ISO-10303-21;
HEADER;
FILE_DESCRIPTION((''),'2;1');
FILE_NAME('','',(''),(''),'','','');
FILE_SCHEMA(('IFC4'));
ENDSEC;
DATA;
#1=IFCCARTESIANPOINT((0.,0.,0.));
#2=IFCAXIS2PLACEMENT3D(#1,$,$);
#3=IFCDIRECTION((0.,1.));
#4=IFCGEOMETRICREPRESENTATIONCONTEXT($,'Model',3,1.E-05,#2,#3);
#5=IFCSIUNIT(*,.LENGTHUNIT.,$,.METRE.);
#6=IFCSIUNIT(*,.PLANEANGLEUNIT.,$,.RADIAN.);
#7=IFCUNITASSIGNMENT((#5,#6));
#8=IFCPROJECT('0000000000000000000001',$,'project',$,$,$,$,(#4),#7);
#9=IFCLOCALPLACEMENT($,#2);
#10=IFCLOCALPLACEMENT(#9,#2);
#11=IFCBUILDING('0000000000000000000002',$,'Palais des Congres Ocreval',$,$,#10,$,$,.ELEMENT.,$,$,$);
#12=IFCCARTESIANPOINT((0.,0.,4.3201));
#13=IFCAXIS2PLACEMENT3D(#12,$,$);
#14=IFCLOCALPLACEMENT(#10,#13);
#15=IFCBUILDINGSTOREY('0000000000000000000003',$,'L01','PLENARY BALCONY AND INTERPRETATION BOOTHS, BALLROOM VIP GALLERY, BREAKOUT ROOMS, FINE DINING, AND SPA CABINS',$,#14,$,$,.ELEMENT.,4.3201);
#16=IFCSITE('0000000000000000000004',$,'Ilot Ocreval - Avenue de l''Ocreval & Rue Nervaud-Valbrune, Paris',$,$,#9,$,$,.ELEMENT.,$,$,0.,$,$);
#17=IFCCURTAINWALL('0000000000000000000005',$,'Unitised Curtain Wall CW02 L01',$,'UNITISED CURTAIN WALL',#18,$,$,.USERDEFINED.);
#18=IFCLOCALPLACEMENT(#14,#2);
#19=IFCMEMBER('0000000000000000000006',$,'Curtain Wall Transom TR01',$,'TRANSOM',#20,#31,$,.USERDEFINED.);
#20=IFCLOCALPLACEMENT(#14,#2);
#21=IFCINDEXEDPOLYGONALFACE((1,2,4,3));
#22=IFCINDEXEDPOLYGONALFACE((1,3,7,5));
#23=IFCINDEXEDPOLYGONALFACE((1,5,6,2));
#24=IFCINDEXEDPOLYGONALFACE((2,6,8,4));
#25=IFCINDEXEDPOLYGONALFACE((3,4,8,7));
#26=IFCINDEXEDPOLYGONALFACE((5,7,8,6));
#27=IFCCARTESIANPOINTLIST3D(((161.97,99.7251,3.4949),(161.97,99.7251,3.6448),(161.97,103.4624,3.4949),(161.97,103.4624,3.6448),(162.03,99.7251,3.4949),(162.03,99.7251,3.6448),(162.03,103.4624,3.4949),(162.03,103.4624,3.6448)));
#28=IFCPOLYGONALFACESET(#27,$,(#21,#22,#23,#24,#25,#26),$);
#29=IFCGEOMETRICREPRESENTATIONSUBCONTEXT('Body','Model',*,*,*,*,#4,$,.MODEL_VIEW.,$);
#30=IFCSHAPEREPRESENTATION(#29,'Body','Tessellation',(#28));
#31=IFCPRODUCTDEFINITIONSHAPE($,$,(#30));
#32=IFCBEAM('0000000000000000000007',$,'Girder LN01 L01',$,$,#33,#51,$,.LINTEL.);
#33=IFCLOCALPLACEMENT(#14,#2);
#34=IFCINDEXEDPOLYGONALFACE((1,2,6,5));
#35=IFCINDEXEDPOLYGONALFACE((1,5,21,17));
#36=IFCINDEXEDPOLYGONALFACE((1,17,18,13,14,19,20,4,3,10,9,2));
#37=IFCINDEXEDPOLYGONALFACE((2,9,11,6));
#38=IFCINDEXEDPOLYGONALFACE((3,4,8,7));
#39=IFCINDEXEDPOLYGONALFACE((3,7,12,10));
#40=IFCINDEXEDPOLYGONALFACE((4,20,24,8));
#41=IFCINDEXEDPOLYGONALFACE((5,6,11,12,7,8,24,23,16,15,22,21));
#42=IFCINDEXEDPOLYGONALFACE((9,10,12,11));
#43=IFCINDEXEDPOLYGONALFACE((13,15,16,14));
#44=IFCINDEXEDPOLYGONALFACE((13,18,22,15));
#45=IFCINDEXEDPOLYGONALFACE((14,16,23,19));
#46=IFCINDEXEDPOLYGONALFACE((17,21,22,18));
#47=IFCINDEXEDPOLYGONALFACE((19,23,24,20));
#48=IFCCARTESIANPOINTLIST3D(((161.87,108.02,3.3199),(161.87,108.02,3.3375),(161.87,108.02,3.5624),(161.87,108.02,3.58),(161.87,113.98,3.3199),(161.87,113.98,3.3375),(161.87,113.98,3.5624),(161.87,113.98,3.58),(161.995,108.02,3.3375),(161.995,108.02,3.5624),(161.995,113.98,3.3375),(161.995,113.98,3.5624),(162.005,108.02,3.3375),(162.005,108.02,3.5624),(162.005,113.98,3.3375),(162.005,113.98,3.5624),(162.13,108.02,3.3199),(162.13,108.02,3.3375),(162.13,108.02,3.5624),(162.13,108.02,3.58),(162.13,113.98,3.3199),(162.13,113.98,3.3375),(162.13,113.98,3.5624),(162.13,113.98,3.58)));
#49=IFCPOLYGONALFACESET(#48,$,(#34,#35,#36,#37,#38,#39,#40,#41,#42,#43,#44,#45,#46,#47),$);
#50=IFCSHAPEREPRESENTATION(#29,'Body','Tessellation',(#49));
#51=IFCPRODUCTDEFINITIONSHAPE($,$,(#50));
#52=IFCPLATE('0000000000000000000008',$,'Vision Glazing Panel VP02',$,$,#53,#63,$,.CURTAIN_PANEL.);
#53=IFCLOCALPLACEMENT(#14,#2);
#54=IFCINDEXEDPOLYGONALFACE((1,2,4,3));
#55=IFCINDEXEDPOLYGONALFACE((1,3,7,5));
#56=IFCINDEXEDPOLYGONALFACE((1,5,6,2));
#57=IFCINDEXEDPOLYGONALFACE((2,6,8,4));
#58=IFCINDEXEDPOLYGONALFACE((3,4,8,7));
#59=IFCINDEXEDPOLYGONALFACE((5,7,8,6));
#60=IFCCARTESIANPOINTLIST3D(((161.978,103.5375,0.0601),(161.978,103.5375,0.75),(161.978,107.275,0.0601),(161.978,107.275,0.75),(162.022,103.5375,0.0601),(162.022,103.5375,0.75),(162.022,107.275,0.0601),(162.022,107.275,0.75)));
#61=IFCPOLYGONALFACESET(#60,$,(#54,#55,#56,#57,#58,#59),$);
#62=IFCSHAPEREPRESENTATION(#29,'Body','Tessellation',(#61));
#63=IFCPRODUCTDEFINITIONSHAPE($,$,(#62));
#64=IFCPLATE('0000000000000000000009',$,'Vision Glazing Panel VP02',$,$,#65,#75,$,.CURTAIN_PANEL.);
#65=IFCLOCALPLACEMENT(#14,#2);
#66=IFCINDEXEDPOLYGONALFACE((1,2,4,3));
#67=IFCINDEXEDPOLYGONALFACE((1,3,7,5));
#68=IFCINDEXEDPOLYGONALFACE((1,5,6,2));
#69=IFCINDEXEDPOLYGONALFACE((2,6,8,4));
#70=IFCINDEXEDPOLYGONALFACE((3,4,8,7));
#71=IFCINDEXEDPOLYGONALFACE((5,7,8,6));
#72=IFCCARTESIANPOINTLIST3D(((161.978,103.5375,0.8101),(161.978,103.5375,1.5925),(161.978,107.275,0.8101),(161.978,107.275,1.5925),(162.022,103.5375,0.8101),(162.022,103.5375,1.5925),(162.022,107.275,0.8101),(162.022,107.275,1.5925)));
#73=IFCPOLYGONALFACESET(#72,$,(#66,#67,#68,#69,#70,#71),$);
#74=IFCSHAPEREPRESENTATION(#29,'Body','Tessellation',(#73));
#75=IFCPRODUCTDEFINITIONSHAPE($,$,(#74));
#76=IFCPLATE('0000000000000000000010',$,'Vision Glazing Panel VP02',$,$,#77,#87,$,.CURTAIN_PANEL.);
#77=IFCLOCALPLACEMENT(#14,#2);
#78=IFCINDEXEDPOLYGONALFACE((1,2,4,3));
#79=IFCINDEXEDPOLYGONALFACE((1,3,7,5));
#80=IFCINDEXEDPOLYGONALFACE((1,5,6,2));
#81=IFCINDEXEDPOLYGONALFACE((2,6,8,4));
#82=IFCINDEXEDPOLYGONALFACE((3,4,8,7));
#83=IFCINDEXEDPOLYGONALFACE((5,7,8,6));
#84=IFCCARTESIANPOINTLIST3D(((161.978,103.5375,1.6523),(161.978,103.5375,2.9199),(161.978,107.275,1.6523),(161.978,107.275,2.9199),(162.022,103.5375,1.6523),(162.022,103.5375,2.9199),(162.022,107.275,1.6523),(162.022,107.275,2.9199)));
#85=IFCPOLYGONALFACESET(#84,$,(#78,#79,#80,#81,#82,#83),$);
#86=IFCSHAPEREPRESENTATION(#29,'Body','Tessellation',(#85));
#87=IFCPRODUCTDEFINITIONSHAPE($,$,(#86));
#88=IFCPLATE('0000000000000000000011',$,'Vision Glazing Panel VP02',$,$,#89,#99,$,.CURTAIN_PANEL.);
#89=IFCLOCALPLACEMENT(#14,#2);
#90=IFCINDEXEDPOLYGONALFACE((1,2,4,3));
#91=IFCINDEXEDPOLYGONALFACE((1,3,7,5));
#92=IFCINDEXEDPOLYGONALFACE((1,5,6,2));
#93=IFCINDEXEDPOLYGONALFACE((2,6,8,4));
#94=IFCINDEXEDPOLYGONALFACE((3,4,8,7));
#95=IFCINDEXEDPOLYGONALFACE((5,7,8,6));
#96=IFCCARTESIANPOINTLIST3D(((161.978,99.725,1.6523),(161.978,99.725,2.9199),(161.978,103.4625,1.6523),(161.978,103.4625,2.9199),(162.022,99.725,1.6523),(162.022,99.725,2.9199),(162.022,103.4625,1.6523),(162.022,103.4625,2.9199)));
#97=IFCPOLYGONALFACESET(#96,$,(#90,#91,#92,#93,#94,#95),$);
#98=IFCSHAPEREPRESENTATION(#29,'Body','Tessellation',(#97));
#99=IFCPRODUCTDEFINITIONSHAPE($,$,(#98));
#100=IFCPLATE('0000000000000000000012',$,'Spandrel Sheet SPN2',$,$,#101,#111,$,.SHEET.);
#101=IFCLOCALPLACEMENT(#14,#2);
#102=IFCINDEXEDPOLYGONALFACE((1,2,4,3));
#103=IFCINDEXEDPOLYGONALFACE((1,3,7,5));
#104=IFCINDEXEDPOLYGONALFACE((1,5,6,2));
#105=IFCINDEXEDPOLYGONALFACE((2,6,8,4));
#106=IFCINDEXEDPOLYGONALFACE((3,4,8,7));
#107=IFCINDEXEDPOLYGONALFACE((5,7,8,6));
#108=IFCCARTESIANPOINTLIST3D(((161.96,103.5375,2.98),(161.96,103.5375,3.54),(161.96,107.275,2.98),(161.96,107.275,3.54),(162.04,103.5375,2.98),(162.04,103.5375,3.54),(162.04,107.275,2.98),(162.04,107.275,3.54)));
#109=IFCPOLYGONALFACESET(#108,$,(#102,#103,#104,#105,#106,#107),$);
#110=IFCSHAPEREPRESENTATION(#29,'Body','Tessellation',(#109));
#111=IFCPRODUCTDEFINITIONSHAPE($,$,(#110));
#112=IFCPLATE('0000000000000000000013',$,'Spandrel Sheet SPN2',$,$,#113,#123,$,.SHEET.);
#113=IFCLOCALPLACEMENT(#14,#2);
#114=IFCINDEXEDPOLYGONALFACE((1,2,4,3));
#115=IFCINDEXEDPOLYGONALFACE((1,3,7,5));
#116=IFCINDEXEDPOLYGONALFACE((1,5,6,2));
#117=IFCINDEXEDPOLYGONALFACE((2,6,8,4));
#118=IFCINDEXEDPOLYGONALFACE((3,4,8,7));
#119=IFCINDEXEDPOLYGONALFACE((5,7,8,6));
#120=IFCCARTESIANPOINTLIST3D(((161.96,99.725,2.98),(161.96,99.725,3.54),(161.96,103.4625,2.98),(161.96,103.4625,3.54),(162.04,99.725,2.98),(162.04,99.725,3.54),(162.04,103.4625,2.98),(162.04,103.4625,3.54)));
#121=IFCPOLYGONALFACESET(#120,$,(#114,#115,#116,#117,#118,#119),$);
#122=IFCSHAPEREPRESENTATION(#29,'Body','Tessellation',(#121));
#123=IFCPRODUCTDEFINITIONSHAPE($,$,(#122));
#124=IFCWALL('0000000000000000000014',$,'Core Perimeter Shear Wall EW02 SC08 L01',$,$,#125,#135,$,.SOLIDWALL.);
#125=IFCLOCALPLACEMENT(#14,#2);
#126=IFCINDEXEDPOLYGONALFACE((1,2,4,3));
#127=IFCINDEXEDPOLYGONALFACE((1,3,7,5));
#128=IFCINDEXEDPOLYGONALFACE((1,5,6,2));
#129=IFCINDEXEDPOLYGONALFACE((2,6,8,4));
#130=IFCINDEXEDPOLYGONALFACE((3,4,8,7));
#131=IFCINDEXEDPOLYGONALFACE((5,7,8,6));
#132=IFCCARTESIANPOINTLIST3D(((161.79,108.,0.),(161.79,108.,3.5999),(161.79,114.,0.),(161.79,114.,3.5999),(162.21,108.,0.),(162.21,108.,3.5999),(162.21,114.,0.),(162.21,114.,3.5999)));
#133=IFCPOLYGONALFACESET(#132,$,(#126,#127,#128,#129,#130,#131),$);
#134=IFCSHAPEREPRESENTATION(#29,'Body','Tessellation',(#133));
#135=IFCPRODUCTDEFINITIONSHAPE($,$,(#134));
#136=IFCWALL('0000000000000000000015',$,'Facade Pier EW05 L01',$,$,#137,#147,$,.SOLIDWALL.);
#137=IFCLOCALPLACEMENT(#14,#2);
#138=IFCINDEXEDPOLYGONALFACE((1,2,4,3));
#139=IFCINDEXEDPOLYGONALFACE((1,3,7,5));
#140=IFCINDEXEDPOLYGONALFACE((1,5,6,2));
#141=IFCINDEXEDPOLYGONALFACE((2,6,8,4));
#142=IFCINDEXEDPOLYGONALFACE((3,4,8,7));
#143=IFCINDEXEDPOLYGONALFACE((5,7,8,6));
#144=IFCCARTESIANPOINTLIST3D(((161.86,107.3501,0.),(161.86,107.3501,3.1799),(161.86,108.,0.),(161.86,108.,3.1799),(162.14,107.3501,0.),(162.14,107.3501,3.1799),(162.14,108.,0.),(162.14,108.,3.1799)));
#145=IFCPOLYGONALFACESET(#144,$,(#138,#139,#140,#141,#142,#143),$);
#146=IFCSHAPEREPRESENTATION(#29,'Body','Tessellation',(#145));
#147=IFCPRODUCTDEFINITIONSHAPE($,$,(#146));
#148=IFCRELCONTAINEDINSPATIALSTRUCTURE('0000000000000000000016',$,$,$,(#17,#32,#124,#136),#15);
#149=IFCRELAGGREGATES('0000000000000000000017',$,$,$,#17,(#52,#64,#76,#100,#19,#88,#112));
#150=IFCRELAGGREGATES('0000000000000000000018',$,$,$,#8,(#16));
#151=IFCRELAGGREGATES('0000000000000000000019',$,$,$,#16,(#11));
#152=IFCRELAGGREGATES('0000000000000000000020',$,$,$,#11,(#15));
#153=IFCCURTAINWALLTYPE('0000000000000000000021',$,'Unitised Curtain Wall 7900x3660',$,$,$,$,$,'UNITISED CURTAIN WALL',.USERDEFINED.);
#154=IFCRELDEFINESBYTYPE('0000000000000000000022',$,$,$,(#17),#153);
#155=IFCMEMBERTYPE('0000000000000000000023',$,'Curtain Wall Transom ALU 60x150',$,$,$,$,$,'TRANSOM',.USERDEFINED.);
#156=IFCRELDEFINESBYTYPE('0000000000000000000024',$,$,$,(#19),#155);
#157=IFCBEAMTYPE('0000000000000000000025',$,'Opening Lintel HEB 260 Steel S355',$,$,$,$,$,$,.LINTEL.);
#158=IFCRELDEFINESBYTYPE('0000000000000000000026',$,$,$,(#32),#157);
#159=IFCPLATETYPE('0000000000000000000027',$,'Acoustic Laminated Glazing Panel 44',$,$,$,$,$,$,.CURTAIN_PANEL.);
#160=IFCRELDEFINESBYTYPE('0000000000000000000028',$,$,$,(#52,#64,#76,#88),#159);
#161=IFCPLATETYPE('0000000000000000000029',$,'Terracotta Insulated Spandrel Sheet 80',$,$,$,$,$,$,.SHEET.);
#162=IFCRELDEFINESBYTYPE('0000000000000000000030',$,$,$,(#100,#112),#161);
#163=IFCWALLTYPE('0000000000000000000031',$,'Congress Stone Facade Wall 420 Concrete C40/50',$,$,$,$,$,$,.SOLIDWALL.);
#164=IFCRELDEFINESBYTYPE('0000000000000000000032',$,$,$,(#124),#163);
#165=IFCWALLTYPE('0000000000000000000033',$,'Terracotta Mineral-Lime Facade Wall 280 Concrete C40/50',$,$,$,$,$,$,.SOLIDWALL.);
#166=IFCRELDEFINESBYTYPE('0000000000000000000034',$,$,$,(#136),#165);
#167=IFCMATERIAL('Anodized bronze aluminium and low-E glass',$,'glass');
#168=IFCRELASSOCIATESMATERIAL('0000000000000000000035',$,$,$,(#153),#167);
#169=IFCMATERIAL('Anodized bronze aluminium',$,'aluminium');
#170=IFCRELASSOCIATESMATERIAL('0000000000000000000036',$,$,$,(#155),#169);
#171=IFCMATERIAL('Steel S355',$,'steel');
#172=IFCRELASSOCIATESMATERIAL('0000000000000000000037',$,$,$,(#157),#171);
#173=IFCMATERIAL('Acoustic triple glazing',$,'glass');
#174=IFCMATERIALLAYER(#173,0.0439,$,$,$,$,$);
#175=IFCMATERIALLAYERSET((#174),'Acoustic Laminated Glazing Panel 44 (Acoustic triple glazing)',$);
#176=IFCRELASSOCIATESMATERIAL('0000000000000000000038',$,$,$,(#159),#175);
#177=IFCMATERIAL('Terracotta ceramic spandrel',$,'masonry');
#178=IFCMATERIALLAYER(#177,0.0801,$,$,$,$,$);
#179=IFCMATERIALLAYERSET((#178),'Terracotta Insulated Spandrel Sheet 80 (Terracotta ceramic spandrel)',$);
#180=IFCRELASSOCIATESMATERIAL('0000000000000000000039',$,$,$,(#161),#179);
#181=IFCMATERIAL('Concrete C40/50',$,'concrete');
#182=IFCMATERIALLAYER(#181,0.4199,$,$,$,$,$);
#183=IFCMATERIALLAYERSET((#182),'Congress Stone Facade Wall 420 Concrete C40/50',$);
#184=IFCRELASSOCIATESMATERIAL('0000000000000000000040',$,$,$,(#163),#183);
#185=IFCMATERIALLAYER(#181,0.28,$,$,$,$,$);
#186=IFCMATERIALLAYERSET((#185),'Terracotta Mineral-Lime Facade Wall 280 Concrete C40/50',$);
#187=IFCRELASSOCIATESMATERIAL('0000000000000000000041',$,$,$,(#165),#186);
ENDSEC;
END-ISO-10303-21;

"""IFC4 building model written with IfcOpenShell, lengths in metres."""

from ifc_helpers import new_model, si_unit, direction, frame, frame_2d, origin, origin_2d, place, context, subcontext, project, spatial, rectangle, i_section, extrude, material, layer, layer_set, material_profile, profile_set, type_object, element, aggregate, save


model = new_model("IFC4")

# Units and contexts
model_context = context("Model", 3, precision=1e-05, world=origin(), true_north=direction((0.0, 1.0)))
body_context = subcontext(model_context, "Body", "Model", "MODEL_VIEW")
ifc_project = project(units=[si_unit("LENGTHUNIT", "METRE"), si_unit("PLANEANGLEUNIT", "RADIAN")], contexts=[model_context])

# Site, building, storey
site_placement = place(None, origin())
site = spatial("IfcSite", under=ifc_project, at=site_placement, Name="Ilot Ocreval - Avenue de l'Ocreval & Rue Nervaud-Valbrune, Paris", CompositionType="ELEMENT", RefElevation=0.0)
building_placement = place(site_placement, origin())
building = spatial("IfcBuilding", under=site, at=building_placement, Name="Palais des Congres Ocreval", CompositionType="ELEMENT")
storey_placement = place(building_placement, frame((0.0, 0.0, 4.3201)))
storey = spatial("IfcBuildingStorey", under=building, at=storey_placement, Name="L01", Description="PLENARY BALCONY AND INTERPRETATION BOOTHS, BALLROOM VIP GALLERY, BREAKOUT ROOMS, FINE DINING, AND SPA CABINS", CompositionType="ELEMENT", Elevation=4.3201)

# Shared definitions
ifc_material_1 = material(Name="Steel S355", Category="steel")

# Curtain wall, member
ifc_material_2 = material(Name="Anodized bronze aluminium and low-E glass", Category="glass")
curtain_wall_type = type_object("IfcCurtainWallType", Name="Unitised Curtain Wall 7900x3660", ElementType="UNITISED CURTAIN WALL", PredefinedType="USERDEFINED", material=ifc_material_2)
curtain_wall_placement = place(storey_placement, origin())
curtain_wall = element("IfcCurtainWall", 1, at=curtain_wall_placement, inside=storey, type_object=curtain_wall_type, Name="Unitised Curtain Wall CW02 L01", ObjectType="UNITISED CURTAIN WALL", PredefinedType="USERDEFINED")
ifc_material_3 = material(Name="Anodized bronze aluminium", Category="aluminium")
ifc_material_profile_1 = material_profile(ifc_material_3, rectangle(XDim=0.0601, YDim=0.1499, at=origin_2d()), Name="ALU 60x150")
ifc_profile_set_1 = profile_set([ifc_material_profile_1], Name="Anodized bronze aluminium")
member_type_1 = type_object("IfcMemberType", Name="Curtain Wall Transom ALU 60x150", ElementType="TRANSOM", PredefinedType="USERDEFINED", material=ifc_profile_set_1)
member_1_placement = place(storey_placement, frame((162.0, 103.4624, 3.5698), z_axis=(0.0, -1.0, 0.0), x_axis=(1.0, 0.0, 0.0)))
member_1 = element("IfcMember", 2, at=member_1_placement, type_object=member_type_1, Name="Curtain Wall Transom TR01", ObjectType="TRANSOM", PredefinedType="USERDEFINED", context=body_context, shape_type="SweptSolid", body=[
    extrude(rectangle(XDim=0.0601, YDim=0.1499, at=origin_2d()), origin(), (0.0, 0.0, 1.0), 3.7373),
])

# Beam
ifc_material_profile_2 = material_profile(ifc_material_1, i_section(OverallWidth=0.26, OverallDepth=0.26, WebThickness=0.01, FlangeThickness=0.0176, at=origin_2d()), Name="HEB 260")
ifc_profile_set_2 = profile_set([ifc_material_profile_2], Name="Steel S355")
beam_type = type_object("IfcBeamType", Name="Opening Lintel HEB 260 Steel S355", PredefinedType="LINTEL", material=ifc_profile_set_2)
beam_placement = place(storey_placement, frame((162.0, 108.02, 3.45), z_axis=(0.0, 1.0, 0.0), x_axis=(-1.0, 0.0, 0.0)))
element("IfcBeam", 3, at=beam_placement, inside=storey, type_object=beam_type, Name="Girder LN01 L01", PredefinedType="LINTEL", context=body_context, shape_type="SweptSolid", body=[
    extrude(i_section(OverallWidth=0.26, OverallDepth=0.26, WebThickness=0.01, FlangeThickness=0.0176, at=origin_2d()), origin(), (0.0, 0.0, 1.0), 5.96),
])

# Plates
ifc_material_4 = material(Name="Acoustic triple glazing", Category="glass")
ifc_layer_1 = layer(ifc_material_4, 0.0439)
ifc_layer_set_1 = layer_set([ifc_layer_1], Name="Acoustic Laminated Glazing Panel 44 (Acoustic triple glazing)")
plate_type_1 = type_object("IfcPlateType", Name="Acoustic Laminated Glazing Panel 44", PredefinedType="CURTAIN_PANEL", material=ifc_layer_set_1)
plate_1_placement = place(storey_placement, frame((162.0, 105.4062, 0.0601), z_axis=(0.0, 0.0, 1.0), x_axis=(0.0, -1.0, 0.0)))
plate_1 = element("IfcPlate", 4, at=plate_1_placement, type_object=plate_type_1, Name="Vision Glazing Panel VP02", PredefinedType="CURTAIN_PANEL", context=body_context, shape_type="SweptSolid", body=[
    extrude(rectangle(XDim=3.7375, YDim=0.0439, at=origin_2d()), origin(), (0.0, 0.0, 1.0), 0.6899),
])
plate_2_placement = place(storey_placement, frame((162.0, 105.4062, 0.8101), z_axis=(0.0, 0.0, 1.0), x_axis=(0.0, -1.0, 0.0)))
plate_2 = element("IfcPlate", 5, at=plate_2_placement, type_object=plate_type_1, Name="Vision Glazing Panel VP02", PredefinedType="CURTAIN_PANEL", context=body_context, shape_type="SweptSolid", body=[
    extrude(rectangle(XDim=3.7375, YDim=0.0439, at=origin_2d()), origin(), (0.0, 0.0, 1.0), 0.7825),
])
plate_3_placement = place(storey_placement, frame((162.0, 105.4062, 1.6523), z_axis=(0.0, 0.0, 1.0), x_axis=(0.0, -1.0, 0.0)))
plate_3 = element("IfcPlate", 6, at=plate_3_placement, type_object=plate_type_1, Name="Vision Glazing Panel VP02", PredefinedType="CURTAIN_PANEL", context=body_context, shape_type="SweptSolid", body=[
    extrude(rectangle(XDim=3.7375, YDim=0.0439, at=origin_2d()), origin(), (0.0, 0.0, 1.0), 1.2676),
])
plate_4_placement = place(storey_placement, frame((162.0, 101.5938, 1.6523), z_axis=(0.0, 0.0, 1.0), x_axis=(0.0, -1.0, 0.0)))
plate_4 = element("IfcPlate", 7, at=plate_4_placement, type_object=plate_type_1, Name="Vision Glazing Panel VP02", PredefinedType="CURTAIN_PANEL", context=body_context, shape_type="SweptSolid", body=[
    extrude(rectangle(XDim=3.7375, YDim=0.0439, at=origin_2d()), origin(), (0.0, 0.0, 1.0), 1.2676),
])
ifc_material_5 = material(Name="Terracotta ceramic spandrel", Category="masonry")
ifc_layer_2 = layer(ifc_material_5, 0.0801)
ifc_layer_set_2 = layer_set([ifc_layer_2], Name="Terracotta Insulated Spandrel Sheet 80 (Terracotta ceramic spandrel)")
plate_type_2 = type_object("IfcPlateType", Name="Terracotta Insulated Spandrel Sheet 80", PredefinedType="SHEET", material=ifc_layer_set_2)
plate_5_placement = place(storey_placement, frame((162.0, 105.4062, 2.98), z_axis=(0.0, 0.0, 1.0), x_axis=(0.0, -1.0, 0.0)))
plate_5 = element("IfcPlate", 8, at=plate_5_placement, type_object=plate_type_2, Name="Spandrel Sheet SPN2", PredefinedType="SHEET", context=body_context, shape_type="SweptSolid", body=[
    extrude(rectangle(XDim=3.7375, YDim=0.0801, at=origin_2d()), origin(), (0.0, 0.0, 1.0), 0.5601),
])
plate_6_placement = place(storey_placement, frame((162.0, 101.5938, 2.98), z_axis=(0.0, 0.0, 1.0), x_axis=(0.0, -1.0, 0.0)))
plate_6 = element("IfcPlate", 9, at=plate_6_placement, type_object=plate_type_2, Name="Spandrel Sheet SPN2", PredefinedType="SHEET", context=body_context, shape_type="SweptSolid", body=[
    extrude(rectangle(XDim=3.7375, YDim=0.0801, at=origin_2d()), origin(), (0.0, 0.0, 1.0), 0.5601),
])
aggregate(curtain_wall, [plate_1, plate_2, plate_3, plate_5, member_1, plate_4, plate_6])

# Walls
ifc_material_6 = material(Name="Concrete C40/50", Category="concrete")
ifc_layer_3 = layer(ifc_material_6, 0.4199)
ifc_layer_set_3 = layer_set([ifc_layer_3], Name="Congress Stone Facade Wall 420 Concrete C40/50")
wall_type_1 = type_object("IfcWallType", Name="Congress Stone Facade Wall 420 Concrete C40/50", PredefinedType="SOLIDWALL", material=ifc_layer_set_3)
wall_1_placement = place(storey_placement, frame((162.0, 114.0, 0.0), z_axis=(0.0, 0.0, 1.0), x_axis=(0.0, -1.0, 0.0)))
element("IfcWall", 10, at=wall_1_placement, inside=storey, type_object=wall_type_1, Name="Core Perimeter Shear Wall EW02 SC08 L01", PredefinedType="SOLIDWALL", context=body_context, shape_type="SweptSolid", body=[
    extrude(rectangle(XDim=6.0, YDim=0.4199, at=frame_2d((3.0, 0.0))), origin(), (0.0, 0.0, 1.0), 3.5999),
])
ifc_layer_4 = layer(ifc_material_6, 0.28)
ifc_layer_set_4 = layer_set([ifc_layer_4], Name="Terracotta Mineral-Lime Facade Wall 280 Concrete C40/50")
wall_type_2 = type_object("IfcWallType", Name="Terracotta Mineral-Lime Facade Wall 280 Concrete C40/50", PredefinedType="SOLIDWALL", material=ifc_layer_set_4)
wall_2_placement = place(storey_placement, frame((162.0, 108.0, 0.0), z_axis=(0.0, 0.0, 1.0), x_axis=(0.0, -1.0, 0.0)))
element("IfcWall", 11, at=wall_2_placement, inside=storey, type_object=wall_type_2, Name="Facade Pier EW05 L01", PredefinedType="SOLIDWALL", context=body_context, shape_type="SweptSolid", body=[
    extrude(rectangle(XDim=0.6499, YDim=0.28, at=frame_2d((0.325, 0.0))), origin(), (0.0, 0.0, 1.0), 3.1799),
])

save(model, "model.ifc")
